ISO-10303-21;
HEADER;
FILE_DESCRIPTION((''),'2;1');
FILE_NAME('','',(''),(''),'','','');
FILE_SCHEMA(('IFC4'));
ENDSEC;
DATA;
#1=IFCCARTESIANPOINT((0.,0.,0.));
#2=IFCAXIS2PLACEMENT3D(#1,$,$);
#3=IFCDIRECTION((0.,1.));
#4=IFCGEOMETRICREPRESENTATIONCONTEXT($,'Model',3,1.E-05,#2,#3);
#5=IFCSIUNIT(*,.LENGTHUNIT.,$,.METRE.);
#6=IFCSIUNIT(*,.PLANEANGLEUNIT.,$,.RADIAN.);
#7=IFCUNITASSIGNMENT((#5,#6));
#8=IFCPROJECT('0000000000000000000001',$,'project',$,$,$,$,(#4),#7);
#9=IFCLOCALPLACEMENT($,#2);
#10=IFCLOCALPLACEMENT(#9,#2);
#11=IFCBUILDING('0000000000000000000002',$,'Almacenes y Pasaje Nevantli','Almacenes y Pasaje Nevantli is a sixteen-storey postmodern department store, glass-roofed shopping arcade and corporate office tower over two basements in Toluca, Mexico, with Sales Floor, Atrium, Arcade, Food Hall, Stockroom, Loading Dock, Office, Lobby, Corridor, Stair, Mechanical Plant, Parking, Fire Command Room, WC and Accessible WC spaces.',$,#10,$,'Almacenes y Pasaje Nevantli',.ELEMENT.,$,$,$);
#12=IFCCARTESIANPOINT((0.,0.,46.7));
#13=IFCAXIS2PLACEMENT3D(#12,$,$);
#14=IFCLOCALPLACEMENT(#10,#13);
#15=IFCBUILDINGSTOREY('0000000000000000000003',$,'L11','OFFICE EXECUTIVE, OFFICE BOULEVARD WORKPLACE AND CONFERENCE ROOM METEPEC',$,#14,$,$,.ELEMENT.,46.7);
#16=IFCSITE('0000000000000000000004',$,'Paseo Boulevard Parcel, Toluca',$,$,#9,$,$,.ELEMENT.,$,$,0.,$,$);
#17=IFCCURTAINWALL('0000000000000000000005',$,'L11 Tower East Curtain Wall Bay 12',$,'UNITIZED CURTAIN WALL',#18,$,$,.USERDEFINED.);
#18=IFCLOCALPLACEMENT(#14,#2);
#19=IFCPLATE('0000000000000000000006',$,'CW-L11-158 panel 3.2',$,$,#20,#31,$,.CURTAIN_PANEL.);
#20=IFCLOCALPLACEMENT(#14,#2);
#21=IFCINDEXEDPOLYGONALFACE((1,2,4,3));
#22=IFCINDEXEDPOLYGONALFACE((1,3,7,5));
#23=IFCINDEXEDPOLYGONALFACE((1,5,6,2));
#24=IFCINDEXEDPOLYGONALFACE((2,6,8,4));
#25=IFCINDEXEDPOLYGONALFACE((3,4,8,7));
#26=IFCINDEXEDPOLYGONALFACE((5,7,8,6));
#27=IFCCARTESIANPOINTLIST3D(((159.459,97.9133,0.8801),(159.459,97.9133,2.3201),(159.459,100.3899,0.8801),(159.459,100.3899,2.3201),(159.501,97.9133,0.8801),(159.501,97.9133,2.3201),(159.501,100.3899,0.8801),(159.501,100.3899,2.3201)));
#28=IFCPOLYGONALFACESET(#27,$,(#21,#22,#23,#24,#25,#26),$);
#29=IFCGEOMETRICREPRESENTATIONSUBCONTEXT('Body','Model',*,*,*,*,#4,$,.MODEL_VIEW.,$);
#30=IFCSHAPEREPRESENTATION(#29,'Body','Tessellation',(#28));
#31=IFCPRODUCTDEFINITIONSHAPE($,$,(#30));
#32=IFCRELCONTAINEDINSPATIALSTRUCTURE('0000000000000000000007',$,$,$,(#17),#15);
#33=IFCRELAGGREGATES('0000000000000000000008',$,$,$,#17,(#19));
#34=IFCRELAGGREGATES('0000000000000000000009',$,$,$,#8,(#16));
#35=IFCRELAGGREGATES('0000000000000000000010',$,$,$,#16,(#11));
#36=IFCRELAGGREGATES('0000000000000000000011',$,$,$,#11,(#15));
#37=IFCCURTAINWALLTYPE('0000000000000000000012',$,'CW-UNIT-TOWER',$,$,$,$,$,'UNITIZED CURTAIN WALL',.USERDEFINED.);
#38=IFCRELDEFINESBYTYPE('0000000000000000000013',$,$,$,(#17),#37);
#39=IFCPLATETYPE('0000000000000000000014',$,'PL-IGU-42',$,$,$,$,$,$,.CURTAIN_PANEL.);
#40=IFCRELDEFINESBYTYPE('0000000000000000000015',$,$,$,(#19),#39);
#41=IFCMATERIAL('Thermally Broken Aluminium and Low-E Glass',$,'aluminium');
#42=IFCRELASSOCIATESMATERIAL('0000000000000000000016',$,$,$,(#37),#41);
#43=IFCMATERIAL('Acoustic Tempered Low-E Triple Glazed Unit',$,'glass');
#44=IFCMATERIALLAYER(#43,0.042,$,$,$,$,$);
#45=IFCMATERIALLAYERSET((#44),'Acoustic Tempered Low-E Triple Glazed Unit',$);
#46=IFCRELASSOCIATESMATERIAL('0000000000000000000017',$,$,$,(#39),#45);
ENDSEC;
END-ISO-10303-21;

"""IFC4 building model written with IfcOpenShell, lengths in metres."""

from ifc_helpers import new_model, si_unit, direction, frame, origin, origin_2d, place, context, subcontext, project, spatial, rectangle, extrude, material, layer, layer_set, type_object, element, aggregate, save


model = new_model("IFC4")

# Units and contexts
model_context = context("Model", 3, precision=1e-05, world=origin(), true_north=direction((0.0, 1.0)))
body_context = subcontext(model_context, "Body", "Model", "MODEL_VIEW")
ifc_project = project(units=[si_unit("LENGTHUNIT", "METRE"), si_unit("PLANEANGLEUNIT", "RADIAN")], contexts=[model_context])

# Site, building, storey
site_placement = place(None, origin())
site = spatial("IfcSite", under=ifc_project, at=site_placement, Name="Paseo Boulevard Parcel, Toluca", CompositionType="ELEMENT", RefElevation=0.0)
building_placement = place(site_placement, origin())
building = spatial("IfcBuilding", under=site, at=building_placement, Name="Almacenes y Pasaje Nevantli", Description="Almacenes y Pasaje Nevantli is a sixteen-storey postmodern department store, glass-roofed shopping arcade and corporate office tower over two basements in Toluca, Mexico, with Sales Floor, Atrium, Arcade, Food Hall, Stockroom, Loading Dock, Office, Lobby, Corridor, Stair, Mechanical Plant, Parking, Fire Command Room, WC and Accessible WC spaces.", LongName="Almacenes y Pasaje Nevantli", CompositionType="ELEMENT")
storey_placement = place(building_placement, frame((0.0, 0.0, 46.7)))
storey = spatial("IfcBuildingStorey", under=building, at=storey_placement, Name="L11", Description="OFFICE EXECUTIVE, OFFICE BOULEVARD WORKPLACE AND CONFERENCE ROOM METEPEC", CompositionType="ELEMENT", Elevation=46.7)

# Curtain wall, plate
ifc_material_1 = material(Name="Thermally Broken Aluminium and Low-E Glass", Category="aluminium")
curtain_wall_type = type_object("IfcCurtainWallType", Name="CW-UNIT-TOWER", ElementType="UNITIZED CURTAIN WALL", PredefinedType="USERDEFINED", material=ifc_material_1)
curtain_wall_placement = place(storey_placement, origin())
curtain_wall = element("IfcCurtainWall", 1, at=curtain_wall_placement, inside=storey, type_object=curtain_wall_type, Name="L11 Tower East Curtain Wall Bay 12", ObjectType="UNITIZED CURTAIN WALL", PredefinedType="USERDEFINED")
ifc_material_2 = material(Name="Acoustic Tempered Low-E Triple Glazed Unit", Category="glass")
ifc_layer = layer(ifc_material_2, 0.042)
ifc_layer_set = layer_set([ifc_layer], Name="Acoustic Tempered Low-E Triple Glazed Unit")
plate_type = type_object("IfcPlateType", Name="PL-IGU-42", PredefinedType="CURTAIN_PANEL", material=ifc_layer_set)
plate_1_placement = place(storey_placement, frame((159.48, 99.1516, 0.8801), z_axis=(0.0, 0.0, 1.0), x_axis=(0.0, 1.0, 0.0)))
plate_1 = element("IfcPlate", 2, at=plate_1_placement, type_object=plate_type, Name="CW-L11-158 panel 3.2", PredefinedType="CURTAIN_PANEL", context=body_context, shape_type="SweptSolid", body=[
    extrude(rectangle(XDim=2.4766, YDim=0.042, at=origin_2d()), origin(), (0.0, 0.0, 1.0), 1.4399),
])
aggregate(curtain_wall, [plate_1])

save(model, "model.ifc")
